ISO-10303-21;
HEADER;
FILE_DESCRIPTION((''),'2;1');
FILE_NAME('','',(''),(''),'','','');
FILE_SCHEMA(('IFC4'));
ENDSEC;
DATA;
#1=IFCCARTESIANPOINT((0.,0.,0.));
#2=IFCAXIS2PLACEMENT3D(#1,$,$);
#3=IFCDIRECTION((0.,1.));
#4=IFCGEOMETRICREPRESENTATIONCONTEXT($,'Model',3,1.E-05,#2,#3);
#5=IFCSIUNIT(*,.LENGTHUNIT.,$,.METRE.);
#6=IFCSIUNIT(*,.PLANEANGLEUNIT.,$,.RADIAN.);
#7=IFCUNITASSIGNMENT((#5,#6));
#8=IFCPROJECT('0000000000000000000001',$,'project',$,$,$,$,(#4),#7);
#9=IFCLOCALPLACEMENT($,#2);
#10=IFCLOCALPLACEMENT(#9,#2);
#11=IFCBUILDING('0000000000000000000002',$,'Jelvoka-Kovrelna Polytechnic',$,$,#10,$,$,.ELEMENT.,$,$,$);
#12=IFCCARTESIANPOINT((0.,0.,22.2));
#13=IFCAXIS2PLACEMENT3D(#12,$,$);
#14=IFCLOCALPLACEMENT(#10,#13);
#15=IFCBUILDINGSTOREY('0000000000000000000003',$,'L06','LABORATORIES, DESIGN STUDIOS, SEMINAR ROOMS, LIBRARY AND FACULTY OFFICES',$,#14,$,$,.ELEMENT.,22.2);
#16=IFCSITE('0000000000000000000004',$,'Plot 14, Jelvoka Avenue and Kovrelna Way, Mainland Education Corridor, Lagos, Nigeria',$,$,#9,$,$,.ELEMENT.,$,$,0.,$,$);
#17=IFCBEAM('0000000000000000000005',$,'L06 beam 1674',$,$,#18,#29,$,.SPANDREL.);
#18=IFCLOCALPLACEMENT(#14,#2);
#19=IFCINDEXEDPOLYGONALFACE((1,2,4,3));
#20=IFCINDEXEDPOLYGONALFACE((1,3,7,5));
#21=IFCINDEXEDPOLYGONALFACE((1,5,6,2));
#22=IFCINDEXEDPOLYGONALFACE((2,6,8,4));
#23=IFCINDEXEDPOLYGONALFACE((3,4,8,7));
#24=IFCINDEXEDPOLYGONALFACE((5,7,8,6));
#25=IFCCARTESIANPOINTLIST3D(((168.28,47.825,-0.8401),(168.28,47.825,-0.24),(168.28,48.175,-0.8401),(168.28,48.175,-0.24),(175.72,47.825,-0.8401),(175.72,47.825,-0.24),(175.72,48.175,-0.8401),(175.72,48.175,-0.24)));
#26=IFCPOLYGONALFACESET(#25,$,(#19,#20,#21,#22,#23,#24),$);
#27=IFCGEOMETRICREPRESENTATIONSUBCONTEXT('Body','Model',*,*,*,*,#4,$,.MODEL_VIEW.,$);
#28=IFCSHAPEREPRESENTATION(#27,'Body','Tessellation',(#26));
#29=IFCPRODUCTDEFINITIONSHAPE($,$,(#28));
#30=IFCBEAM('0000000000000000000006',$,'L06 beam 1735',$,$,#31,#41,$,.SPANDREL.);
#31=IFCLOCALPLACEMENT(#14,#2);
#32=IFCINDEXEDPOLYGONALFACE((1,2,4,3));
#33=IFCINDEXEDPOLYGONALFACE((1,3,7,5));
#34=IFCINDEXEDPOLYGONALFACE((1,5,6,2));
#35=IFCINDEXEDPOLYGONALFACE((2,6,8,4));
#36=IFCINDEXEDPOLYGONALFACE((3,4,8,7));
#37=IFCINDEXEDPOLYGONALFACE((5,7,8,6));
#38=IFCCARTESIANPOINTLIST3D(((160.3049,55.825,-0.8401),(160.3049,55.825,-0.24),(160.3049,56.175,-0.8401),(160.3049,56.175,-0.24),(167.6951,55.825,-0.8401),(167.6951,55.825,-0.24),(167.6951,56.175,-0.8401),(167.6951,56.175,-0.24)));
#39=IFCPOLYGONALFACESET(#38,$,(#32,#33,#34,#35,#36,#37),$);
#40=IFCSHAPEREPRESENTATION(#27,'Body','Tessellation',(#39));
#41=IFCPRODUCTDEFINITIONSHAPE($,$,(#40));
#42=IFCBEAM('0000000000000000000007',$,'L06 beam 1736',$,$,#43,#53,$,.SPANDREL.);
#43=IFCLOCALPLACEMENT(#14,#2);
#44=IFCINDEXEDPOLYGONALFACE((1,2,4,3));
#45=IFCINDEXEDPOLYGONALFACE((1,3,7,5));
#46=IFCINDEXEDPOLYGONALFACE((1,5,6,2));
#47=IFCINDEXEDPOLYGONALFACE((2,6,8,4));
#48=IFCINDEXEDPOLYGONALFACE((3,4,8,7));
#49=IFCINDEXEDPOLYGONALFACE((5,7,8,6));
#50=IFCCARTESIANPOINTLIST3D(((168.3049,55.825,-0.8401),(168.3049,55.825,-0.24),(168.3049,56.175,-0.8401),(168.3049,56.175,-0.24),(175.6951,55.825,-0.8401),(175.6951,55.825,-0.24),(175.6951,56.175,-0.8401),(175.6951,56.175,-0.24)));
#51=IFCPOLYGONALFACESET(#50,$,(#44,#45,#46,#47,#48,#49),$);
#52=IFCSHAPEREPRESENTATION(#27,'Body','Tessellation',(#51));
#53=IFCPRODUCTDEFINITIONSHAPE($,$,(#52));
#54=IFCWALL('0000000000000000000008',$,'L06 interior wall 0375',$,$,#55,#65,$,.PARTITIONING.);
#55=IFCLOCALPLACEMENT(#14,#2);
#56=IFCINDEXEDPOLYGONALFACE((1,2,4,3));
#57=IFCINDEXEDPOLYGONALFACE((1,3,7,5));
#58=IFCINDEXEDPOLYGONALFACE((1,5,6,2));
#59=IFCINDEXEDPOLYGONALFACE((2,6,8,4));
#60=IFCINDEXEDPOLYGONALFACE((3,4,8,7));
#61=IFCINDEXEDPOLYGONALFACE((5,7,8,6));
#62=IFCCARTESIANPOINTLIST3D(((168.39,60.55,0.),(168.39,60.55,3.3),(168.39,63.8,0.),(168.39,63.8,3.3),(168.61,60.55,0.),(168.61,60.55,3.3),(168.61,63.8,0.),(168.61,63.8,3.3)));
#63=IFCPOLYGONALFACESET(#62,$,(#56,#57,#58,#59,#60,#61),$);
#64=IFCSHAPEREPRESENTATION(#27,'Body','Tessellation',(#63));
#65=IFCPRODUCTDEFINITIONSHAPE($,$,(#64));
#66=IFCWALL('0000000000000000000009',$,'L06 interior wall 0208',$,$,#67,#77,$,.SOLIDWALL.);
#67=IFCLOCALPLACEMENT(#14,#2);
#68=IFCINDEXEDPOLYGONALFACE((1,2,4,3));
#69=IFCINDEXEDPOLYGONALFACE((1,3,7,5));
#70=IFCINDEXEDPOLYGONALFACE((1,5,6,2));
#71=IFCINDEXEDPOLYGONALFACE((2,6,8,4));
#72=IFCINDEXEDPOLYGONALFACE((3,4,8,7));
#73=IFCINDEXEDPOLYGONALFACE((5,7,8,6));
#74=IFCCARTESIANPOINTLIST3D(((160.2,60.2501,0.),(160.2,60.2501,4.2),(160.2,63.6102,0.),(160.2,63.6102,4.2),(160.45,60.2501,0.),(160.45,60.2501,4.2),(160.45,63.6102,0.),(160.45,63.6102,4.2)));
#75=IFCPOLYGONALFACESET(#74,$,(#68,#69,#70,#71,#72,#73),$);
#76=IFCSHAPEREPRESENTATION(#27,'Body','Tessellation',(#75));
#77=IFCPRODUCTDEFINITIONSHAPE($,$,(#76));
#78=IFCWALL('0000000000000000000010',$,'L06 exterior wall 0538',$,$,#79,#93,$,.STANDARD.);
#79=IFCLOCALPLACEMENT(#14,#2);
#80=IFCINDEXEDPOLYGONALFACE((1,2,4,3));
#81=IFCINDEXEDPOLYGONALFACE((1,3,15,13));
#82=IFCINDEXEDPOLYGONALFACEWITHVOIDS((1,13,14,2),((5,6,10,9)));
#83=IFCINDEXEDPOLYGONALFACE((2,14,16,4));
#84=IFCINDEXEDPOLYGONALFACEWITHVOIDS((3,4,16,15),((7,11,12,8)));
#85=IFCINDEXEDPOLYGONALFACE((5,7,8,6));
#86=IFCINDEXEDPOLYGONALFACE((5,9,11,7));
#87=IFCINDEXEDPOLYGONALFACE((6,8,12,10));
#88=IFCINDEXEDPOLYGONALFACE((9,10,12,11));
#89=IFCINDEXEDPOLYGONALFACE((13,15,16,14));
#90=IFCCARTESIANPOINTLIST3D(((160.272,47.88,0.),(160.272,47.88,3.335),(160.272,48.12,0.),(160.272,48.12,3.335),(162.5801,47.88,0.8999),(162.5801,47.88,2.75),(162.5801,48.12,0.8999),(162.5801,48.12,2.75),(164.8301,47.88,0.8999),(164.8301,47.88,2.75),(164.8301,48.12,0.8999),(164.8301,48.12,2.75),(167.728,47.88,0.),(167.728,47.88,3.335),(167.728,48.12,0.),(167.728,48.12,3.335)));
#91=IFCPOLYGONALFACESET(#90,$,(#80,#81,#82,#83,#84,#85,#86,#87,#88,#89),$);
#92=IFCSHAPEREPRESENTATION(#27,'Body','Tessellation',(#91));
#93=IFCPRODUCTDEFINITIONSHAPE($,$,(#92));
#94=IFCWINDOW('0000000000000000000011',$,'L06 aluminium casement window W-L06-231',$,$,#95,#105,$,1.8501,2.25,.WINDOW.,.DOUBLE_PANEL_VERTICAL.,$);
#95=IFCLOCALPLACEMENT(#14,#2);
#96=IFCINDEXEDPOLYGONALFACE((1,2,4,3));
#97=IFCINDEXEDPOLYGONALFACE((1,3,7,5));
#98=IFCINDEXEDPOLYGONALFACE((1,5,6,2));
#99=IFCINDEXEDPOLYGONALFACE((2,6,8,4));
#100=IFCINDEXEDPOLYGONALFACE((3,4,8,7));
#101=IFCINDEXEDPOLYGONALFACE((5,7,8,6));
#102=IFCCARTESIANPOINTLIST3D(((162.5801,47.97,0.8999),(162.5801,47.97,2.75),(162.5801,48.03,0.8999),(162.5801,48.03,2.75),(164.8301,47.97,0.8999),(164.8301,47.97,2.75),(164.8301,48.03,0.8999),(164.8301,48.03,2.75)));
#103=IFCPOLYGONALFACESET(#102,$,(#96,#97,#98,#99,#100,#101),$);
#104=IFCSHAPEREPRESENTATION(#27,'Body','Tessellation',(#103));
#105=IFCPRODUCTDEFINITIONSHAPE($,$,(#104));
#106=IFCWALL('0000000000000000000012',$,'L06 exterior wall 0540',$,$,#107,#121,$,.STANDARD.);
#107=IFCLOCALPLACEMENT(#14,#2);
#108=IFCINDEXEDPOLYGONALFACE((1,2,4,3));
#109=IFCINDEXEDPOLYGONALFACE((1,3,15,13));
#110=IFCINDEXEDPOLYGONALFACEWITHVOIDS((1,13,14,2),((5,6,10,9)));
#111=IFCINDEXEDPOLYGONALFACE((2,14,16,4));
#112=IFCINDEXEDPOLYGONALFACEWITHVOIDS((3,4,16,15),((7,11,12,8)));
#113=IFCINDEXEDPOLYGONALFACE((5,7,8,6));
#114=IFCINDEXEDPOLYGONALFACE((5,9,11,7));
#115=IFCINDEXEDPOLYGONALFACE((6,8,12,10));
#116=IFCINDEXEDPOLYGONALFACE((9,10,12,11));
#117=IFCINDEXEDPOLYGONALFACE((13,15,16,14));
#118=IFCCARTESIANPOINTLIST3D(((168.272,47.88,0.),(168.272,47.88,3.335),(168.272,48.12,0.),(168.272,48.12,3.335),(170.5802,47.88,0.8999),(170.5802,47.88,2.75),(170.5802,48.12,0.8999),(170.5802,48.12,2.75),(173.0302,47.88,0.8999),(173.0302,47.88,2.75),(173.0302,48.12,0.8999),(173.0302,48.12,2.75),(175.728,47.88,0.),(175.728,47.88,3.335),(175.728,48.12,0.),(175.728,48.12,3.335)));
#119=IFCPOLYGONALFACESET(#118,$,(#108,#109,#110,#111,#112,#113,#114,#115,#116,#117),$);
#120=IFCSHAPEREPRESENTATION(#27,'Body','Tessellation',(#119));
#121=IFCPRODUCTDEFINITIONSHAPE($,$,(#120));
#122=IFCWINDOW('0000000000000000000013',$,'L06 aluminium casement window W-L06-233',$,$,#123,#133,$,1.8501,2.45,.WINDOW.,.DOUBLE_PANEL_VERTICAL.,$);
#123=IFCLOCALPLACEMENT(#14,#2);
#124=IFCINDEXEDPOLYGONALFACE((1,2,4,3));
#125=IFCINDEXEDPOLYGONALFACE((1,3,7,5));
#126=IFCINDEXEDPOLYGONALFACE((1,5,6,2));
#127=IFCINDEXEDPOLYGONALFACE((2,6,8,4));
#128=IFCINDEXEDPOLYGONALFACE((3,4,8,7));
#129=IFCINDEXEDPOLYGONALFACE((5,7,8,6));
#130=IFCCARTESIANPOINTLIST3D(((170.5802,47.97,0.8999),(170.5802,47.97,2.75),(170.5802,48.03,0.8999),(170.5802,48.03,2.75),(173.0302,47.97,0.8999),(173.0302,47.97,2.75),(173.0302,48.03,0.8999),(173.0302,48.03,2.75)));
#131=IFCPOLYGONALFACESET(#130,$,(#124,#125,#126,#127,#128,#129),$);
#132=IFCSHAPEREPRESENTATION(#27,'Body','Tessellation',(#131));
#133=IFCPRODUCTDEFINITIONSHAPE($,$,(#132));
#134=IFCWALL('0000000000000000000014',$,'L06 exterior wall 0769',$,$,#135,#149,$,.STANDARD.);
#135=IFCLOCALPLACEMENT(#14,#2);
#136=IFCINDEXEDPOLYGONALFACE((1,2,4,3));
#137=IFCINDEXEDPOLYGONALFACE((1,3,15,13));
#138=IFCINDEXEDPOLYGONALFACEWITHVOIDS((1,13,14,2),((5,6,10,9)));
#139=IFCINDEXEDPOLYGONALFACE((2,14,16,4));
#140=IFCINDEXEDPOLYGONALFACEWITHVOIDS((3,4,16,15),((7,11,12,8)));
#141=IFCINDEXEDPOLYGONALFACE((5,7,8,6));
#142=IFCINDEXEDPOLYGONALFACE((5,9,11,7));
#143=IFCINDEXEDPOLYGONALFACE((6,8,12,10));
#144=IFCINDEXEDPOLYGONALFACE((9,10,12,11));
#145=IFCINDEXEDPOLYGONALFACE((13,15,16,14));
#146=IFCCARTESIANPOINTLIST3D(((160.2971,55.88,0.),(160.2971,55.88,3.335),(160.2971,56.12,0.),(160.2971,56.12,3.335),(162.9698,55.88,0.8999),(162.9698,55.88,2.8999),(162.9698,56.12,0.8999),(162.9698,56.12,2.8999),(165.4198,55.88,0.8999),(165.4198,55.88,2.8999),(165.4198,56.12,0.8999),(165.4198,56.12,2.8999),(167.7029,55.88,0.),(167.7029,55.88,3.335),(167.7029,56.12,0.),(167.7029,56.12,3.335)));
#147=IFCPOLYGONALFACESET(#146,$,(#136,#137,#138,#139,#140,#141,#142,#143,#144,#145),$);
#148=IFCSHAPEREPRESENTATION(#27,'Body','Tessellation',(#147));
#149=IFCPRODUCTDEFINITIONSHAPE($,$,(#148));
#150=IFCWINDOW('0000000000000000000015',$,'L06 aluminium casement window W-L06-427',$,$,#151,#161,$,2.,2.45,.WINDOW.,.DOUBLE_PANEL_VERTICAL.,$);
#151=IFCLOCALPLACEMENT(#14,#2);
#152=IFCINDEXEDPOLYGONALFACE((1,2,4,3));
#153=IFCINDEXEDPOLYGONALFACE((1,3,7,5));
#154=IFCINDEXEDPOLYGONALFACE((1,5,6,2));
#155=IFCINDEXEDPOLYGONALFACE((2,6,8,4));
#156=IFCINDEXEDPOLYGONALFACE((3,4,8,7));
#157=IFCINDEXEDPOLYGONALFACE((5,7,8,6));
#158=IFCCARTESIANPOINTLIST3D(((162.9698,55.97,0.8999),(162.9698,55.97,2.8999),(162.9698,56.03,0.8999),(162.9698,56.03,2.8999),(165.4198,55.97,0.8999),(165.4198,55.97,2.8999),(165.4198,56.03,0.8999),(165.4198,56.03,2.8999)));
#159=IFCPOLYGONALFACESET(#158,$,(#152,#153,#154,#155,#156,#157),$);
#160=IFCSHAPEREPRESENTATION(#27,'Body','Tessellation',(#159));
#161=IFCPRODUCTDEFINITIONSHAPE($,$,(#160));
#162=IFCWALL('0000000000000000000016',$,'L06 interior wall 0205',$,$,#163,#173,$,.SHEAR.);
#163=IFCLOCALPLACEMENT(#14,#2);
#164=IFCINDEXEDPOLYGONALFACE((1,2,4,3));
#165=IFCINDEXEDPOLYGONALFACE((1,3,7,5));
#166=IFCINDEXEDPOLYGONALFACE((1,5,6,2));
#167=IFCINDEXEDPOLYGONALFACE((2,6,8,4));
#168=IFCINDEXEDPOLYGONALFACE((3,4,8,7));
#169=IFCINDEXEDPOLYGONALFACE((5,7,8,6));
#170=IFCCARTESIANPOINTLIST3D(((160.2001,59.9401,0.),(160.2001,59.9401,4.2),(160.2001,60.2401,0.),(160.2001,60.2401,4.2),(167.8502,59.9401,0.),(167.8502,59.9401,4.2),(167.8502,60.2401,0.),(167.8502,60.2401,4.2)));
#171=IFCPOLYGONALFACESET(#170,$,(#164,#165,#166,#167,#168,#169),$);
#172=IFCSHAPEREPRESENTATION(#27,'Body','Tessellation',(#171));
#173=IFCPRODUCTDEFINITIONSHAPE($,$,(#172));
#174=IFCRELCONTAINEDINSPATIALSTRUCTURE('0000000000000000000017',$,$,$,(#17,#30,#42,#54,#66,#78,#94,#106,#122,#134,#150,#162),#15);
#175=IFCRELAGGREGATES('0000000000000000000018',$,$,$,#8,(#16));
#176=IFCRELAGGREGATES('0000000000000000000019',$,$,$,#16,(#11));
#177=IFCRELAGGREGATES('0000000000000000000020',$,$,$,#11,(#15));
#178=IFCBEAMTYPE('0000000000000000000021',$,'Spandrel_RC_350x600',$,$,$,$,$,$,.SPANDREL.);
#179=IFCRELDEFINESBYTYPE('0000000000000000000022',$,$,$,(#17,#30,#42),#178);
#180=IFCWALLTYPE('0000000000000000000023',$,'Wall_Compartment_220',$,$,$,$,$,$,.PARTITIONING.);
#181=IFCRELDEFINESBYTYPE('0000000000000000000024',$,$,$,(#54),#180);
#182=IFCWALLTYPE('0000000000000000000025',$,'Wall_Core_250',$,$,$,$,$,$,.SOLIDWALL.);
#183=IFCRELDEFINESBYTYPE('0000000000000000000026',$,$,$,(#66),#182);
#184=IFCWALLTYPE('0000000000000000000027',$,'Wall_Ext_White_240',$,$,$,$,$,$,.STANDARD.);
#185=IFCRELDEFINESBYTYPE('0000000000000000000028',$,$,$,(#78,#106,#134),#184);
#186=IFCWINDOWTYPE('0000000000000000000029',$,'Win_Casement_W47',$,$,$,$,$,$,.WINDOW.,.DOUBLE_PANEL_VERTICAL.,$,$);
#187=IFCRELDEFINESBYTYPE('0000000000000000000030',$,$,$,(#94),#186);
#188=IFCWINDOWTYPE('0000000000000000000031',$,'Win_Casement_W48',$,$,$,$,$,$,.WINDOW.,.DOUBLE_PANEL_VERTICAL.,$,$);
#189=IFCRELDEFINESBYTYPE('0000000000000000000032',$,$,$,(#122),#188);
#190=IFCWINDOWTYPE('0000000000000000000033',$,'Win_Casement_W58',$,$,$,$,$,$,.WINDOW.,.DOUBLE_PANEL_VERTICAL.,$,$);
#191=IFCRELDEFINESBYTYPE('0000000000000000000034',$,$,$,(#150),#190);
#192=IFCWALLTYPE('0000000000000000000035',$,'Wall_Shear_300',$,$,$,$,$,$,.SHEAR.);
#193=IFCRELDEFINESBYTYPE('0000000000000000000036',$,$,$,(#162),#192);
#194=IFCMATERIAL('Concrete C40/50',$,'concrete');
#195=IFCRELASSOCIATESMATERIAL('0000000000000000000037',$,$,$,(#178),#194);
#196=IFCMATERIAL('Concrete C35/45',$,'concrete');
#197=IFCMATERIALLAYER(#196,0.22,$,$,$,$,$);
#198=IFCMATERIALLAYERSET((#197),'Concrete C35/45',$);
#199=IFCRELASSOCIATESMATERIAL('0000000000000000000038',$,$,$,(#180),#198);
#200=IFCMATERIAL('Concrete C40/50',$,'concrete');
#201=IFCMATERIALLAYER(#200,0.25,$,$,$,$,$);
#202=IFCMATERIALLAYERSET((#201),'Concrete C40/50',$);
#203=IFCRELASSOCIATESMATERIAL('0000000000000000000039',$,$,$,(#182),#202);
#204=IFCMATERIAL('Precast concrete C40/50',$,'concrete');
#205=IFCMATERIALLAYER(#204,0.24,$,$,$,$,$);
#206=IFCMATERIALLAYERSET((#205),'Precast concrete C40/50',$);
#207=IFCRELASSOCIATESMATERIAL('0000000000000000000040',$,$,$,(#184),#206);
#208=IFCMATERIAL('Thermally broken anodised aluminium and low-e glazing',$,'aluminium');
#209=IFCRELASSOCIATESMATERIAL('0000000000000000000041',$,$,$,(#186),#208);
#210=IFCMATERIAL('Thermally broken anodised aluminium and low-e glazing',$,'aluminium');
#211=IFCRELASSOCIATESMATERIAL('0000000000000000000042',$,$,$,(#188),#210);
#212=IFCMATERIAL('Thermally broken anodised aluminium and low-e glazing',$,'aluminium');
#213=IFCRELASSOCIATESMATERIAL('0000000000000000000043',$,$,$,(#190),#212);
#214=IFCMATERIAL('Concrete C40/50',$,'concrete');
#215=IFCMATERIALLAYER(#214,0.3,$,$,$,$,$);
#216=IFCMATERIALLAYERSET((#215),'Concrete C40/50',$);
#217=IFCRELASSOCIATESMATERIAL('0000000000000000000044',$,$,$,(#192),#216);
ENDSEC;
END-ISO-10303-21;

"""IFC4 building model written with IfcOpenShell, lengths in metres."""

from ifc_helpers import new_model, si_unit, direction, frame, frame_2d, origin, origin_2d, place, context, subcontext, project, spatial, rectangle, extrude, material, layer, layer_set, material_profile, profile_set, type_object, element, fill, save


model = new_model("IFC4")

# Units and contexts
model_context = context("Model", 3, precision=1e-05, world=origin(), true_north=direction((0.0, 1.0)))
body_context = subcontext(model_context, "Body", "Model", "MODEL_VIEW")
ifc_project = project(units=[si_unit("LENGTHUNIT", "METRE"), si_unit("PLANEANGLEUNIT", "RADIAN")], contexts=[model_context])

# Site, building, storey
site_placement = place(None, origin())
site = spatial("IfcSite", under=ifc_project, at=site_placement, Name="Plot 14, Jelvoka Avenue and Kovrelna Way, Mainland Education Corridor, Lagos, Nigeria", CompositionType="ELEMENT", RefElevation=0.0)
building_placement = place(site_placement, origin())
building = spatial("IfcBuilding", under=site, at=building_placement, Name="Jelvoka-Kovrelna Polytechnic", CompositionType="ELEMENT")
storey_placement = place(building_placement, frame((0.0, 0.0, 22.2)))
storey = spatial("IfcBuildingStorey", under=building, at=storey_placement, Name="L06", Description="LABORATORIES, DESIGN STUDIOS, SEMINAR ROOMS, LIBRARY AND FACULTY OFFICES", CompositionType="ELEMENT", Elevation=22.2)

# Beams
ifc_material_1 = material(Name="Concrete C40/50", Category="concrete")
ifc_material_profile_1 = material_profile(ifc_material_1, rectangle(XDim=0.3501, YDim=0.6001, at=origin_2d()), Name="RC 350x600")
ifc_profile_set_1 = profile_set([ifc_material_profile_1], Name="Concrete C40/50")
beam_type_1 = type_object("IfcBeamType", Name="Spandrel_RC_350x600", PredefinedType="SPANDREL", material=ifc_profile_set_1)
for number, where, z_axis, x_axis, name in (
    (1, (168.28, 48.0, -0.54), (1.0, 0.0, 0.0), (0.0, 1.0, 0.0), "L06 beam 1674"),
):
    element("IfcBeam", number, at=place(storey_placement, frame(where, z_axis=z_axis, x_axis=x_axis)), inside=storey, type_object=beam_type_1, Name=name, PredefinedType="SPANDREL", context=body_context, shape_type="SweptSolid", body=[
        extrude(rectangle(XDim=0.3501, YDim=0.6001, at=origin_2d()), origin(), (0.0, 0.0, 1.0), 7.4399),
    ])
for number, where, z_axis, x_axis, name in (
    (2, (160.3049, 56.0, -0.54), (1.0, 0.0, 0.0), (0.0, 1.0, 0.0), "L06 beam 1735"),
    (3, (168.3049, 56.0, -0.54), (1.0, 0.0, 0.0), (0.0, 1.0, 0.0), "L06 beam 1736"),
):
    element("IfcBeam", number, at=place(storey_placement, frame(where, z_axis=z_axis, x_axis=x_axis)), inside=storey, type_object=beam_type_1, Name=name, PredefinedType="SPANDREL", context=body_context, shape_type="SweptSolid", body=[
        extrude(rectangle(XDim=0.3501, YDim=0.6001, at=origin_2d()), origin(), (0.0, 0.0, 1.0), 7.3901),
    ])

# Walls
ifc_material_2 = material(Name="Concrete C35/45", Category="concrete")
ifc_layer_1 = layer(ifc_material_2, 0.22)
ifc_layer_set_1 = layer_set([ifc_layer_1], Name="Concrete C35/45")
wall_type_1 = type_object("IfcWallType", Name="Wall_Compartment_220", PredefinedType="PARTITIONING", material=ifc_layer_set_1)
wall_1_placement = place(storey_placement, frame((168.5, 60.55, 0.0), z_axis=(0.0, 0.0, 1.0), x_axis=(0.0, 1.0, 0.0)))
element("IfcWall", 4, at=wall_1_placement, inside=storey, type_object=wall_type_1, Name="L06 interior wall 0375", PredefinedType="PARTITIONING", context=body_context, shape_type="SweptSolid", body=[
    extrude(rectangle(XDim=3.25, YDim=0.22, at=frame_2d((1.625, 0.0))), origin(), (0.0, 0.0, 1.0), 3.3),
])
ifc_material_3 = material(Name="Concrete C40/50", Category="concrete")
ifc_layer_2 = layer(ifc_material_3, 0.25)
ifc_layer_set_2 = layer_set([ifc_layer_2], Name="Concrete C40/50")
wall_type_2 = type_object("IfcWallType", Name="Wall_Core_250", PredefinedType="SOLIDWALL", material=ifc_layer_set_2)
wall_2_placement = place(storey_placement, frame((160.325, 60.25, 0.0), z_axis=(0.0, 0.0, 1.0), x_axis=(0.0, 1.0, 0.0)))
element("IfcWall", 5, at=wall_2_placement, inside=storey, type_object=wall_type_2, Name="L06 interior wall 0208", PredefinedType="SOLIDWALL", context=body_context, shape_type="SweptSolid", body=[
    extrude(rectangle(XDim=3.3601, YDim=0.25, at=frame_2d((1.6802, 0.0))), origin(), (0.0, 0.0, 1.0), 4.2),
])

# Walls, openings, windows
ifc_material_4 = material(Name="Precast concrete C40/50", Category="concrete")
ifc_layer_3 = layer(ifc_material_4, 0.24)
ifc_layer_set_3 = layer_set([ifc_layer_3], Name="Precast concrete C40/50")
wall_type_3 = type_object("IfcWallType", Name="Wall_Ext_White_240", PredefinedType="STANDARD", material=ifc_layer_set_3)
wall_3_placement = place(storey_placement, frame((160.272, 48.0, 0.0), z_axis=(0.0, 0.0, 1.0), x_axis=(1.0, 0.0, 0.0)))
wall_3 = element("IfcWall", 6, at=wall_3_placement, inside=storey, type_object=wall_type_3, Name="L06 exterior wall 0538", PredefinedType="STANDARD", context=body_context, shape_type="SweptSolid", body=[
    extrude(rectangle(XDim=7.4561, YDim=0.24, at=frame_2d((3.728, 0.0))), origin(), (0.0, 0.0, 1.0), 3.335),
])
opening_1_placement = place(wall_3_placement, frame((2.3081, 0.0, 0.8999)))
opening_1 = element("IfcOpeningElement", 7, at=opening_1_placement, cuts=wall_3, PredefinedType="OPENING", context=body_context, shape_type="SweptSolid", body=[
    extrude(rectangle(XDim=2.25, YDim=1.8501, at=frame_2d((1.125, 0.925))), frame((0.0, 0.1301, 0.0), z_axis=(0.0, -1.0, 0.0), x_axis=(1.0, 0.0, 0.0)), (0.0, 0.0, 1.0), 0.26),
])
ifc_material_5 = material(Name="Thermally broken anodised aluminium and low-e glazing", Category="aluminium")
window_type_1 = type_object("IfcWindowType", Name="Win_Casement_W47", PartitioningType="DOUBLE_PANEL_VERTICAL", PredefinedType="WINDOW", material=ifc_material_5)
window_1_placement = place(opening_1_placement, origin())
window_1 = element("IfcWindow", 8, at=window_1_placement, inside=storey, type_object=window_type_1, Name="L06 aluminium casement window W-L06-231", OverallHeight=1.8501, OverallWidth=2.25, PartitioningType="DOUBLE_PANEL_VERTICAL", PredefinedType="WINDOW", context=body_context, shape_type="SweptSolid", body=[
    extrude(rectangle(XDim=2.25, YDim=1.8501, at=frame_2d((1.125, 0.925))), frame((0.0, 0.03, 0.0), z_axis=(0.0, -1.0, 0.0), x_axis=(1.0, 0.0, 0.0)), (0.0, 0.0, 1.0), 0.0601),
])
fill(opening_1, window_1)
wall_4_placement = place(storey_placement, frame((168.272, 48.0, 0.0), z_axis=(0.0, 0.0, 1.0), x_axis=(1.0, 0.0, 0.0)))
wall_4 = element("IfcWall", 9, at=wall_4_placement, inside=storey, type_object=wall_type_3, Name="L06 exterior wall 0540", PredefinedType="STANDARD", context=body_context, shape_type="SweptSolid", body=[
    extrude(rectangle(XDim=7.4561, YDim=0.24, at=frame_2d((3.728, 0.0))), origin(), (0.0, 0.0, 1.0), 3.335),
])
opening_2_placement = place(wall_4_placement, frame((2.3081, 0.0, 0.8999)))
opening_2 = element("IfcOpeningElement", 10, at=opening_2_placement, cuts=wall_4, PredefinedType="OPENING", context=body_context, shape_type="SweptSolid", body=[
    extrude(rectangle(XDim=2.45, YDim=1.8501, at=frame_2d((1.2251, 0.925))), frame((0.0, 0.1301, 0.0), z_axis=(0.0, -1.0, 0.0), x_axis=(1.0, 0.0, 0.0)), (0.0, 0.0, 1.0), 0.26),
])
ifc_material_6 = material(Name="Thermally broken anodised aluminium and low-e glazing", Category="aluminium")
window_type_2 = type_object("IfcWindowType", Name="Win_Casement_W48", PartitioningType="DOUBLE_PANEL_VERTICAL", PredefinedType="WINDOW", material=ifc_material_6)
window_2_placement = place(opening_2_placement, origin())
window_2 = element("IfcWindow", 11, at=window_2_placement, inside=storey, type_object=window_type_2, Name="L06 aluminium casement window W-L06-233", OverallHeight=1.8501, OverallWidth=2.45, PartitioningType="DOUBLE_PANEL_VERTICAL", PredefinedType="WINDOW", context=body_context, shape_type="SweptSolid", body=[
    extrude(rectangle(XDim=2.45, YDim=1.8501, at=frame_2d((1.2251, 0.925))), frame((0.0, 0.03, 0.0), z_axis=(0.0, -1.0, 0.0), x_axis=(1.0, 0.0, 0.0)), (0.0, 0.0, 1.0), 0.0601),
])
fill(opening_2, window_2)
wall_5_placement = place(storey_placement, frame((167.7029, 56.0, 0.0), z_axis=(0.0, 0.0, 1.0), x_axis=(-1.0, 0.0, 0.0)))
wall_5 = element("IfcWall", 12, at=wall_5_placement, inside=storey, type_object=wall_type_3, Name="L06 exterior wall 0769", PredefinedType="STANDARD", context=body_context, shape_type="SweptSolid", body=[
    extrude(rectangle(XDim=7.4058, YDim=0.24, at=frame_2d((3.7029, 0.0))), origin(), (0.0, 0.0, 1.0), 3.335),
])
opening_3_placement = place(wall_5_placement, frame((2.283, 0.0, 0.8999)))
opening_3 = element("IfcOpeningElement", 13, at=opening_3_placement, cuts=wall_5, PredefinedType="OPENING", context=body_context, shape_type="SweptSolid", body=[
    extrude(rectangle(XDim=2.45, YDim=2.0, at=frame_2d((1.2251, 1.0))), frame((0.0, 0.1301, 0.0), z_axis=(0.0, -1.0, 0.0), x_axis=(1.0, 0.0, 0.0)), (0.0, 0.0, 1.0), 0.26),
])
ifc_material_7 = material(Name="Thermally broken anodised aluminium and low-e glazing", Category="aluminium")
window_type_3 = type_object("IfcWindowType", Name="Win_Casement_W58", PartitioningType="DOUBLE_PANEL_VERTICAL", PredefinedType="WINDOW", material=ifc_material_7)
window_3_placement = place(opening_3_placement, origin())
window_3 = element("IfcWindow", 14, at=window_3_placement, inside=storey, type_object=window_type_3, Name="L06 aluminium casement window W-L06-427", OverallHeight=2.0, OverallWidth=2.45, PartitioningType="DOUBLE_PANEL_VERTICAL", PredefinedType="WINDOW", context=body_context, shape_type="SweptSolid", body=[
    extrude(rectangle(XDim=2.45, YDim=2.0, at=frame_2d((1.2251, 1.0))), frame((0.0, 0.03, 0.0), z_axis=(0.0, -1.0, 0.0), x_axis=(1.0, 0.0, 0.0)), (0.0, 0.0, 1.0), 0.0601),
])
fill(opening_3, window_3)

# Wall
ifc_material_8 = material(Name="Concrete C40/50", Category="concrete")
ifc_layer_4 = layer(ifc_material_8, 0.3)
ifc_layer_set_4 = layer_set([ifc_layer_4], Name="Concrete C40/50")
wall_type_4 = type_object("IfcWallType", Name="Wall_Shear_300", PredefinedType="SHEAR", material=ifc_layer_set_4)
wall_6_placement = place(storey_placement, frame((160.2, 60.0901, 0.0), z_axis=(0.0, 0.0, 1.0), x_axis=(1.0, 0.0, 0.0)))
element("IfcWall", 15, at=wall_6_placement, inside=storey, type_object=wall_type_4, Name="L06 interior wall 0205", PredefinedType="SHEAR", context=body_context, shape_type="SweptSolid", body=[
    extrude(rectangle(XDim=7.6501, YDim=0.3, at=frame_2d((3.8252, 0.0))), origin(), (0.0, 0.0, 1.0), 4.2),
])

save(model, "model.ifc")
